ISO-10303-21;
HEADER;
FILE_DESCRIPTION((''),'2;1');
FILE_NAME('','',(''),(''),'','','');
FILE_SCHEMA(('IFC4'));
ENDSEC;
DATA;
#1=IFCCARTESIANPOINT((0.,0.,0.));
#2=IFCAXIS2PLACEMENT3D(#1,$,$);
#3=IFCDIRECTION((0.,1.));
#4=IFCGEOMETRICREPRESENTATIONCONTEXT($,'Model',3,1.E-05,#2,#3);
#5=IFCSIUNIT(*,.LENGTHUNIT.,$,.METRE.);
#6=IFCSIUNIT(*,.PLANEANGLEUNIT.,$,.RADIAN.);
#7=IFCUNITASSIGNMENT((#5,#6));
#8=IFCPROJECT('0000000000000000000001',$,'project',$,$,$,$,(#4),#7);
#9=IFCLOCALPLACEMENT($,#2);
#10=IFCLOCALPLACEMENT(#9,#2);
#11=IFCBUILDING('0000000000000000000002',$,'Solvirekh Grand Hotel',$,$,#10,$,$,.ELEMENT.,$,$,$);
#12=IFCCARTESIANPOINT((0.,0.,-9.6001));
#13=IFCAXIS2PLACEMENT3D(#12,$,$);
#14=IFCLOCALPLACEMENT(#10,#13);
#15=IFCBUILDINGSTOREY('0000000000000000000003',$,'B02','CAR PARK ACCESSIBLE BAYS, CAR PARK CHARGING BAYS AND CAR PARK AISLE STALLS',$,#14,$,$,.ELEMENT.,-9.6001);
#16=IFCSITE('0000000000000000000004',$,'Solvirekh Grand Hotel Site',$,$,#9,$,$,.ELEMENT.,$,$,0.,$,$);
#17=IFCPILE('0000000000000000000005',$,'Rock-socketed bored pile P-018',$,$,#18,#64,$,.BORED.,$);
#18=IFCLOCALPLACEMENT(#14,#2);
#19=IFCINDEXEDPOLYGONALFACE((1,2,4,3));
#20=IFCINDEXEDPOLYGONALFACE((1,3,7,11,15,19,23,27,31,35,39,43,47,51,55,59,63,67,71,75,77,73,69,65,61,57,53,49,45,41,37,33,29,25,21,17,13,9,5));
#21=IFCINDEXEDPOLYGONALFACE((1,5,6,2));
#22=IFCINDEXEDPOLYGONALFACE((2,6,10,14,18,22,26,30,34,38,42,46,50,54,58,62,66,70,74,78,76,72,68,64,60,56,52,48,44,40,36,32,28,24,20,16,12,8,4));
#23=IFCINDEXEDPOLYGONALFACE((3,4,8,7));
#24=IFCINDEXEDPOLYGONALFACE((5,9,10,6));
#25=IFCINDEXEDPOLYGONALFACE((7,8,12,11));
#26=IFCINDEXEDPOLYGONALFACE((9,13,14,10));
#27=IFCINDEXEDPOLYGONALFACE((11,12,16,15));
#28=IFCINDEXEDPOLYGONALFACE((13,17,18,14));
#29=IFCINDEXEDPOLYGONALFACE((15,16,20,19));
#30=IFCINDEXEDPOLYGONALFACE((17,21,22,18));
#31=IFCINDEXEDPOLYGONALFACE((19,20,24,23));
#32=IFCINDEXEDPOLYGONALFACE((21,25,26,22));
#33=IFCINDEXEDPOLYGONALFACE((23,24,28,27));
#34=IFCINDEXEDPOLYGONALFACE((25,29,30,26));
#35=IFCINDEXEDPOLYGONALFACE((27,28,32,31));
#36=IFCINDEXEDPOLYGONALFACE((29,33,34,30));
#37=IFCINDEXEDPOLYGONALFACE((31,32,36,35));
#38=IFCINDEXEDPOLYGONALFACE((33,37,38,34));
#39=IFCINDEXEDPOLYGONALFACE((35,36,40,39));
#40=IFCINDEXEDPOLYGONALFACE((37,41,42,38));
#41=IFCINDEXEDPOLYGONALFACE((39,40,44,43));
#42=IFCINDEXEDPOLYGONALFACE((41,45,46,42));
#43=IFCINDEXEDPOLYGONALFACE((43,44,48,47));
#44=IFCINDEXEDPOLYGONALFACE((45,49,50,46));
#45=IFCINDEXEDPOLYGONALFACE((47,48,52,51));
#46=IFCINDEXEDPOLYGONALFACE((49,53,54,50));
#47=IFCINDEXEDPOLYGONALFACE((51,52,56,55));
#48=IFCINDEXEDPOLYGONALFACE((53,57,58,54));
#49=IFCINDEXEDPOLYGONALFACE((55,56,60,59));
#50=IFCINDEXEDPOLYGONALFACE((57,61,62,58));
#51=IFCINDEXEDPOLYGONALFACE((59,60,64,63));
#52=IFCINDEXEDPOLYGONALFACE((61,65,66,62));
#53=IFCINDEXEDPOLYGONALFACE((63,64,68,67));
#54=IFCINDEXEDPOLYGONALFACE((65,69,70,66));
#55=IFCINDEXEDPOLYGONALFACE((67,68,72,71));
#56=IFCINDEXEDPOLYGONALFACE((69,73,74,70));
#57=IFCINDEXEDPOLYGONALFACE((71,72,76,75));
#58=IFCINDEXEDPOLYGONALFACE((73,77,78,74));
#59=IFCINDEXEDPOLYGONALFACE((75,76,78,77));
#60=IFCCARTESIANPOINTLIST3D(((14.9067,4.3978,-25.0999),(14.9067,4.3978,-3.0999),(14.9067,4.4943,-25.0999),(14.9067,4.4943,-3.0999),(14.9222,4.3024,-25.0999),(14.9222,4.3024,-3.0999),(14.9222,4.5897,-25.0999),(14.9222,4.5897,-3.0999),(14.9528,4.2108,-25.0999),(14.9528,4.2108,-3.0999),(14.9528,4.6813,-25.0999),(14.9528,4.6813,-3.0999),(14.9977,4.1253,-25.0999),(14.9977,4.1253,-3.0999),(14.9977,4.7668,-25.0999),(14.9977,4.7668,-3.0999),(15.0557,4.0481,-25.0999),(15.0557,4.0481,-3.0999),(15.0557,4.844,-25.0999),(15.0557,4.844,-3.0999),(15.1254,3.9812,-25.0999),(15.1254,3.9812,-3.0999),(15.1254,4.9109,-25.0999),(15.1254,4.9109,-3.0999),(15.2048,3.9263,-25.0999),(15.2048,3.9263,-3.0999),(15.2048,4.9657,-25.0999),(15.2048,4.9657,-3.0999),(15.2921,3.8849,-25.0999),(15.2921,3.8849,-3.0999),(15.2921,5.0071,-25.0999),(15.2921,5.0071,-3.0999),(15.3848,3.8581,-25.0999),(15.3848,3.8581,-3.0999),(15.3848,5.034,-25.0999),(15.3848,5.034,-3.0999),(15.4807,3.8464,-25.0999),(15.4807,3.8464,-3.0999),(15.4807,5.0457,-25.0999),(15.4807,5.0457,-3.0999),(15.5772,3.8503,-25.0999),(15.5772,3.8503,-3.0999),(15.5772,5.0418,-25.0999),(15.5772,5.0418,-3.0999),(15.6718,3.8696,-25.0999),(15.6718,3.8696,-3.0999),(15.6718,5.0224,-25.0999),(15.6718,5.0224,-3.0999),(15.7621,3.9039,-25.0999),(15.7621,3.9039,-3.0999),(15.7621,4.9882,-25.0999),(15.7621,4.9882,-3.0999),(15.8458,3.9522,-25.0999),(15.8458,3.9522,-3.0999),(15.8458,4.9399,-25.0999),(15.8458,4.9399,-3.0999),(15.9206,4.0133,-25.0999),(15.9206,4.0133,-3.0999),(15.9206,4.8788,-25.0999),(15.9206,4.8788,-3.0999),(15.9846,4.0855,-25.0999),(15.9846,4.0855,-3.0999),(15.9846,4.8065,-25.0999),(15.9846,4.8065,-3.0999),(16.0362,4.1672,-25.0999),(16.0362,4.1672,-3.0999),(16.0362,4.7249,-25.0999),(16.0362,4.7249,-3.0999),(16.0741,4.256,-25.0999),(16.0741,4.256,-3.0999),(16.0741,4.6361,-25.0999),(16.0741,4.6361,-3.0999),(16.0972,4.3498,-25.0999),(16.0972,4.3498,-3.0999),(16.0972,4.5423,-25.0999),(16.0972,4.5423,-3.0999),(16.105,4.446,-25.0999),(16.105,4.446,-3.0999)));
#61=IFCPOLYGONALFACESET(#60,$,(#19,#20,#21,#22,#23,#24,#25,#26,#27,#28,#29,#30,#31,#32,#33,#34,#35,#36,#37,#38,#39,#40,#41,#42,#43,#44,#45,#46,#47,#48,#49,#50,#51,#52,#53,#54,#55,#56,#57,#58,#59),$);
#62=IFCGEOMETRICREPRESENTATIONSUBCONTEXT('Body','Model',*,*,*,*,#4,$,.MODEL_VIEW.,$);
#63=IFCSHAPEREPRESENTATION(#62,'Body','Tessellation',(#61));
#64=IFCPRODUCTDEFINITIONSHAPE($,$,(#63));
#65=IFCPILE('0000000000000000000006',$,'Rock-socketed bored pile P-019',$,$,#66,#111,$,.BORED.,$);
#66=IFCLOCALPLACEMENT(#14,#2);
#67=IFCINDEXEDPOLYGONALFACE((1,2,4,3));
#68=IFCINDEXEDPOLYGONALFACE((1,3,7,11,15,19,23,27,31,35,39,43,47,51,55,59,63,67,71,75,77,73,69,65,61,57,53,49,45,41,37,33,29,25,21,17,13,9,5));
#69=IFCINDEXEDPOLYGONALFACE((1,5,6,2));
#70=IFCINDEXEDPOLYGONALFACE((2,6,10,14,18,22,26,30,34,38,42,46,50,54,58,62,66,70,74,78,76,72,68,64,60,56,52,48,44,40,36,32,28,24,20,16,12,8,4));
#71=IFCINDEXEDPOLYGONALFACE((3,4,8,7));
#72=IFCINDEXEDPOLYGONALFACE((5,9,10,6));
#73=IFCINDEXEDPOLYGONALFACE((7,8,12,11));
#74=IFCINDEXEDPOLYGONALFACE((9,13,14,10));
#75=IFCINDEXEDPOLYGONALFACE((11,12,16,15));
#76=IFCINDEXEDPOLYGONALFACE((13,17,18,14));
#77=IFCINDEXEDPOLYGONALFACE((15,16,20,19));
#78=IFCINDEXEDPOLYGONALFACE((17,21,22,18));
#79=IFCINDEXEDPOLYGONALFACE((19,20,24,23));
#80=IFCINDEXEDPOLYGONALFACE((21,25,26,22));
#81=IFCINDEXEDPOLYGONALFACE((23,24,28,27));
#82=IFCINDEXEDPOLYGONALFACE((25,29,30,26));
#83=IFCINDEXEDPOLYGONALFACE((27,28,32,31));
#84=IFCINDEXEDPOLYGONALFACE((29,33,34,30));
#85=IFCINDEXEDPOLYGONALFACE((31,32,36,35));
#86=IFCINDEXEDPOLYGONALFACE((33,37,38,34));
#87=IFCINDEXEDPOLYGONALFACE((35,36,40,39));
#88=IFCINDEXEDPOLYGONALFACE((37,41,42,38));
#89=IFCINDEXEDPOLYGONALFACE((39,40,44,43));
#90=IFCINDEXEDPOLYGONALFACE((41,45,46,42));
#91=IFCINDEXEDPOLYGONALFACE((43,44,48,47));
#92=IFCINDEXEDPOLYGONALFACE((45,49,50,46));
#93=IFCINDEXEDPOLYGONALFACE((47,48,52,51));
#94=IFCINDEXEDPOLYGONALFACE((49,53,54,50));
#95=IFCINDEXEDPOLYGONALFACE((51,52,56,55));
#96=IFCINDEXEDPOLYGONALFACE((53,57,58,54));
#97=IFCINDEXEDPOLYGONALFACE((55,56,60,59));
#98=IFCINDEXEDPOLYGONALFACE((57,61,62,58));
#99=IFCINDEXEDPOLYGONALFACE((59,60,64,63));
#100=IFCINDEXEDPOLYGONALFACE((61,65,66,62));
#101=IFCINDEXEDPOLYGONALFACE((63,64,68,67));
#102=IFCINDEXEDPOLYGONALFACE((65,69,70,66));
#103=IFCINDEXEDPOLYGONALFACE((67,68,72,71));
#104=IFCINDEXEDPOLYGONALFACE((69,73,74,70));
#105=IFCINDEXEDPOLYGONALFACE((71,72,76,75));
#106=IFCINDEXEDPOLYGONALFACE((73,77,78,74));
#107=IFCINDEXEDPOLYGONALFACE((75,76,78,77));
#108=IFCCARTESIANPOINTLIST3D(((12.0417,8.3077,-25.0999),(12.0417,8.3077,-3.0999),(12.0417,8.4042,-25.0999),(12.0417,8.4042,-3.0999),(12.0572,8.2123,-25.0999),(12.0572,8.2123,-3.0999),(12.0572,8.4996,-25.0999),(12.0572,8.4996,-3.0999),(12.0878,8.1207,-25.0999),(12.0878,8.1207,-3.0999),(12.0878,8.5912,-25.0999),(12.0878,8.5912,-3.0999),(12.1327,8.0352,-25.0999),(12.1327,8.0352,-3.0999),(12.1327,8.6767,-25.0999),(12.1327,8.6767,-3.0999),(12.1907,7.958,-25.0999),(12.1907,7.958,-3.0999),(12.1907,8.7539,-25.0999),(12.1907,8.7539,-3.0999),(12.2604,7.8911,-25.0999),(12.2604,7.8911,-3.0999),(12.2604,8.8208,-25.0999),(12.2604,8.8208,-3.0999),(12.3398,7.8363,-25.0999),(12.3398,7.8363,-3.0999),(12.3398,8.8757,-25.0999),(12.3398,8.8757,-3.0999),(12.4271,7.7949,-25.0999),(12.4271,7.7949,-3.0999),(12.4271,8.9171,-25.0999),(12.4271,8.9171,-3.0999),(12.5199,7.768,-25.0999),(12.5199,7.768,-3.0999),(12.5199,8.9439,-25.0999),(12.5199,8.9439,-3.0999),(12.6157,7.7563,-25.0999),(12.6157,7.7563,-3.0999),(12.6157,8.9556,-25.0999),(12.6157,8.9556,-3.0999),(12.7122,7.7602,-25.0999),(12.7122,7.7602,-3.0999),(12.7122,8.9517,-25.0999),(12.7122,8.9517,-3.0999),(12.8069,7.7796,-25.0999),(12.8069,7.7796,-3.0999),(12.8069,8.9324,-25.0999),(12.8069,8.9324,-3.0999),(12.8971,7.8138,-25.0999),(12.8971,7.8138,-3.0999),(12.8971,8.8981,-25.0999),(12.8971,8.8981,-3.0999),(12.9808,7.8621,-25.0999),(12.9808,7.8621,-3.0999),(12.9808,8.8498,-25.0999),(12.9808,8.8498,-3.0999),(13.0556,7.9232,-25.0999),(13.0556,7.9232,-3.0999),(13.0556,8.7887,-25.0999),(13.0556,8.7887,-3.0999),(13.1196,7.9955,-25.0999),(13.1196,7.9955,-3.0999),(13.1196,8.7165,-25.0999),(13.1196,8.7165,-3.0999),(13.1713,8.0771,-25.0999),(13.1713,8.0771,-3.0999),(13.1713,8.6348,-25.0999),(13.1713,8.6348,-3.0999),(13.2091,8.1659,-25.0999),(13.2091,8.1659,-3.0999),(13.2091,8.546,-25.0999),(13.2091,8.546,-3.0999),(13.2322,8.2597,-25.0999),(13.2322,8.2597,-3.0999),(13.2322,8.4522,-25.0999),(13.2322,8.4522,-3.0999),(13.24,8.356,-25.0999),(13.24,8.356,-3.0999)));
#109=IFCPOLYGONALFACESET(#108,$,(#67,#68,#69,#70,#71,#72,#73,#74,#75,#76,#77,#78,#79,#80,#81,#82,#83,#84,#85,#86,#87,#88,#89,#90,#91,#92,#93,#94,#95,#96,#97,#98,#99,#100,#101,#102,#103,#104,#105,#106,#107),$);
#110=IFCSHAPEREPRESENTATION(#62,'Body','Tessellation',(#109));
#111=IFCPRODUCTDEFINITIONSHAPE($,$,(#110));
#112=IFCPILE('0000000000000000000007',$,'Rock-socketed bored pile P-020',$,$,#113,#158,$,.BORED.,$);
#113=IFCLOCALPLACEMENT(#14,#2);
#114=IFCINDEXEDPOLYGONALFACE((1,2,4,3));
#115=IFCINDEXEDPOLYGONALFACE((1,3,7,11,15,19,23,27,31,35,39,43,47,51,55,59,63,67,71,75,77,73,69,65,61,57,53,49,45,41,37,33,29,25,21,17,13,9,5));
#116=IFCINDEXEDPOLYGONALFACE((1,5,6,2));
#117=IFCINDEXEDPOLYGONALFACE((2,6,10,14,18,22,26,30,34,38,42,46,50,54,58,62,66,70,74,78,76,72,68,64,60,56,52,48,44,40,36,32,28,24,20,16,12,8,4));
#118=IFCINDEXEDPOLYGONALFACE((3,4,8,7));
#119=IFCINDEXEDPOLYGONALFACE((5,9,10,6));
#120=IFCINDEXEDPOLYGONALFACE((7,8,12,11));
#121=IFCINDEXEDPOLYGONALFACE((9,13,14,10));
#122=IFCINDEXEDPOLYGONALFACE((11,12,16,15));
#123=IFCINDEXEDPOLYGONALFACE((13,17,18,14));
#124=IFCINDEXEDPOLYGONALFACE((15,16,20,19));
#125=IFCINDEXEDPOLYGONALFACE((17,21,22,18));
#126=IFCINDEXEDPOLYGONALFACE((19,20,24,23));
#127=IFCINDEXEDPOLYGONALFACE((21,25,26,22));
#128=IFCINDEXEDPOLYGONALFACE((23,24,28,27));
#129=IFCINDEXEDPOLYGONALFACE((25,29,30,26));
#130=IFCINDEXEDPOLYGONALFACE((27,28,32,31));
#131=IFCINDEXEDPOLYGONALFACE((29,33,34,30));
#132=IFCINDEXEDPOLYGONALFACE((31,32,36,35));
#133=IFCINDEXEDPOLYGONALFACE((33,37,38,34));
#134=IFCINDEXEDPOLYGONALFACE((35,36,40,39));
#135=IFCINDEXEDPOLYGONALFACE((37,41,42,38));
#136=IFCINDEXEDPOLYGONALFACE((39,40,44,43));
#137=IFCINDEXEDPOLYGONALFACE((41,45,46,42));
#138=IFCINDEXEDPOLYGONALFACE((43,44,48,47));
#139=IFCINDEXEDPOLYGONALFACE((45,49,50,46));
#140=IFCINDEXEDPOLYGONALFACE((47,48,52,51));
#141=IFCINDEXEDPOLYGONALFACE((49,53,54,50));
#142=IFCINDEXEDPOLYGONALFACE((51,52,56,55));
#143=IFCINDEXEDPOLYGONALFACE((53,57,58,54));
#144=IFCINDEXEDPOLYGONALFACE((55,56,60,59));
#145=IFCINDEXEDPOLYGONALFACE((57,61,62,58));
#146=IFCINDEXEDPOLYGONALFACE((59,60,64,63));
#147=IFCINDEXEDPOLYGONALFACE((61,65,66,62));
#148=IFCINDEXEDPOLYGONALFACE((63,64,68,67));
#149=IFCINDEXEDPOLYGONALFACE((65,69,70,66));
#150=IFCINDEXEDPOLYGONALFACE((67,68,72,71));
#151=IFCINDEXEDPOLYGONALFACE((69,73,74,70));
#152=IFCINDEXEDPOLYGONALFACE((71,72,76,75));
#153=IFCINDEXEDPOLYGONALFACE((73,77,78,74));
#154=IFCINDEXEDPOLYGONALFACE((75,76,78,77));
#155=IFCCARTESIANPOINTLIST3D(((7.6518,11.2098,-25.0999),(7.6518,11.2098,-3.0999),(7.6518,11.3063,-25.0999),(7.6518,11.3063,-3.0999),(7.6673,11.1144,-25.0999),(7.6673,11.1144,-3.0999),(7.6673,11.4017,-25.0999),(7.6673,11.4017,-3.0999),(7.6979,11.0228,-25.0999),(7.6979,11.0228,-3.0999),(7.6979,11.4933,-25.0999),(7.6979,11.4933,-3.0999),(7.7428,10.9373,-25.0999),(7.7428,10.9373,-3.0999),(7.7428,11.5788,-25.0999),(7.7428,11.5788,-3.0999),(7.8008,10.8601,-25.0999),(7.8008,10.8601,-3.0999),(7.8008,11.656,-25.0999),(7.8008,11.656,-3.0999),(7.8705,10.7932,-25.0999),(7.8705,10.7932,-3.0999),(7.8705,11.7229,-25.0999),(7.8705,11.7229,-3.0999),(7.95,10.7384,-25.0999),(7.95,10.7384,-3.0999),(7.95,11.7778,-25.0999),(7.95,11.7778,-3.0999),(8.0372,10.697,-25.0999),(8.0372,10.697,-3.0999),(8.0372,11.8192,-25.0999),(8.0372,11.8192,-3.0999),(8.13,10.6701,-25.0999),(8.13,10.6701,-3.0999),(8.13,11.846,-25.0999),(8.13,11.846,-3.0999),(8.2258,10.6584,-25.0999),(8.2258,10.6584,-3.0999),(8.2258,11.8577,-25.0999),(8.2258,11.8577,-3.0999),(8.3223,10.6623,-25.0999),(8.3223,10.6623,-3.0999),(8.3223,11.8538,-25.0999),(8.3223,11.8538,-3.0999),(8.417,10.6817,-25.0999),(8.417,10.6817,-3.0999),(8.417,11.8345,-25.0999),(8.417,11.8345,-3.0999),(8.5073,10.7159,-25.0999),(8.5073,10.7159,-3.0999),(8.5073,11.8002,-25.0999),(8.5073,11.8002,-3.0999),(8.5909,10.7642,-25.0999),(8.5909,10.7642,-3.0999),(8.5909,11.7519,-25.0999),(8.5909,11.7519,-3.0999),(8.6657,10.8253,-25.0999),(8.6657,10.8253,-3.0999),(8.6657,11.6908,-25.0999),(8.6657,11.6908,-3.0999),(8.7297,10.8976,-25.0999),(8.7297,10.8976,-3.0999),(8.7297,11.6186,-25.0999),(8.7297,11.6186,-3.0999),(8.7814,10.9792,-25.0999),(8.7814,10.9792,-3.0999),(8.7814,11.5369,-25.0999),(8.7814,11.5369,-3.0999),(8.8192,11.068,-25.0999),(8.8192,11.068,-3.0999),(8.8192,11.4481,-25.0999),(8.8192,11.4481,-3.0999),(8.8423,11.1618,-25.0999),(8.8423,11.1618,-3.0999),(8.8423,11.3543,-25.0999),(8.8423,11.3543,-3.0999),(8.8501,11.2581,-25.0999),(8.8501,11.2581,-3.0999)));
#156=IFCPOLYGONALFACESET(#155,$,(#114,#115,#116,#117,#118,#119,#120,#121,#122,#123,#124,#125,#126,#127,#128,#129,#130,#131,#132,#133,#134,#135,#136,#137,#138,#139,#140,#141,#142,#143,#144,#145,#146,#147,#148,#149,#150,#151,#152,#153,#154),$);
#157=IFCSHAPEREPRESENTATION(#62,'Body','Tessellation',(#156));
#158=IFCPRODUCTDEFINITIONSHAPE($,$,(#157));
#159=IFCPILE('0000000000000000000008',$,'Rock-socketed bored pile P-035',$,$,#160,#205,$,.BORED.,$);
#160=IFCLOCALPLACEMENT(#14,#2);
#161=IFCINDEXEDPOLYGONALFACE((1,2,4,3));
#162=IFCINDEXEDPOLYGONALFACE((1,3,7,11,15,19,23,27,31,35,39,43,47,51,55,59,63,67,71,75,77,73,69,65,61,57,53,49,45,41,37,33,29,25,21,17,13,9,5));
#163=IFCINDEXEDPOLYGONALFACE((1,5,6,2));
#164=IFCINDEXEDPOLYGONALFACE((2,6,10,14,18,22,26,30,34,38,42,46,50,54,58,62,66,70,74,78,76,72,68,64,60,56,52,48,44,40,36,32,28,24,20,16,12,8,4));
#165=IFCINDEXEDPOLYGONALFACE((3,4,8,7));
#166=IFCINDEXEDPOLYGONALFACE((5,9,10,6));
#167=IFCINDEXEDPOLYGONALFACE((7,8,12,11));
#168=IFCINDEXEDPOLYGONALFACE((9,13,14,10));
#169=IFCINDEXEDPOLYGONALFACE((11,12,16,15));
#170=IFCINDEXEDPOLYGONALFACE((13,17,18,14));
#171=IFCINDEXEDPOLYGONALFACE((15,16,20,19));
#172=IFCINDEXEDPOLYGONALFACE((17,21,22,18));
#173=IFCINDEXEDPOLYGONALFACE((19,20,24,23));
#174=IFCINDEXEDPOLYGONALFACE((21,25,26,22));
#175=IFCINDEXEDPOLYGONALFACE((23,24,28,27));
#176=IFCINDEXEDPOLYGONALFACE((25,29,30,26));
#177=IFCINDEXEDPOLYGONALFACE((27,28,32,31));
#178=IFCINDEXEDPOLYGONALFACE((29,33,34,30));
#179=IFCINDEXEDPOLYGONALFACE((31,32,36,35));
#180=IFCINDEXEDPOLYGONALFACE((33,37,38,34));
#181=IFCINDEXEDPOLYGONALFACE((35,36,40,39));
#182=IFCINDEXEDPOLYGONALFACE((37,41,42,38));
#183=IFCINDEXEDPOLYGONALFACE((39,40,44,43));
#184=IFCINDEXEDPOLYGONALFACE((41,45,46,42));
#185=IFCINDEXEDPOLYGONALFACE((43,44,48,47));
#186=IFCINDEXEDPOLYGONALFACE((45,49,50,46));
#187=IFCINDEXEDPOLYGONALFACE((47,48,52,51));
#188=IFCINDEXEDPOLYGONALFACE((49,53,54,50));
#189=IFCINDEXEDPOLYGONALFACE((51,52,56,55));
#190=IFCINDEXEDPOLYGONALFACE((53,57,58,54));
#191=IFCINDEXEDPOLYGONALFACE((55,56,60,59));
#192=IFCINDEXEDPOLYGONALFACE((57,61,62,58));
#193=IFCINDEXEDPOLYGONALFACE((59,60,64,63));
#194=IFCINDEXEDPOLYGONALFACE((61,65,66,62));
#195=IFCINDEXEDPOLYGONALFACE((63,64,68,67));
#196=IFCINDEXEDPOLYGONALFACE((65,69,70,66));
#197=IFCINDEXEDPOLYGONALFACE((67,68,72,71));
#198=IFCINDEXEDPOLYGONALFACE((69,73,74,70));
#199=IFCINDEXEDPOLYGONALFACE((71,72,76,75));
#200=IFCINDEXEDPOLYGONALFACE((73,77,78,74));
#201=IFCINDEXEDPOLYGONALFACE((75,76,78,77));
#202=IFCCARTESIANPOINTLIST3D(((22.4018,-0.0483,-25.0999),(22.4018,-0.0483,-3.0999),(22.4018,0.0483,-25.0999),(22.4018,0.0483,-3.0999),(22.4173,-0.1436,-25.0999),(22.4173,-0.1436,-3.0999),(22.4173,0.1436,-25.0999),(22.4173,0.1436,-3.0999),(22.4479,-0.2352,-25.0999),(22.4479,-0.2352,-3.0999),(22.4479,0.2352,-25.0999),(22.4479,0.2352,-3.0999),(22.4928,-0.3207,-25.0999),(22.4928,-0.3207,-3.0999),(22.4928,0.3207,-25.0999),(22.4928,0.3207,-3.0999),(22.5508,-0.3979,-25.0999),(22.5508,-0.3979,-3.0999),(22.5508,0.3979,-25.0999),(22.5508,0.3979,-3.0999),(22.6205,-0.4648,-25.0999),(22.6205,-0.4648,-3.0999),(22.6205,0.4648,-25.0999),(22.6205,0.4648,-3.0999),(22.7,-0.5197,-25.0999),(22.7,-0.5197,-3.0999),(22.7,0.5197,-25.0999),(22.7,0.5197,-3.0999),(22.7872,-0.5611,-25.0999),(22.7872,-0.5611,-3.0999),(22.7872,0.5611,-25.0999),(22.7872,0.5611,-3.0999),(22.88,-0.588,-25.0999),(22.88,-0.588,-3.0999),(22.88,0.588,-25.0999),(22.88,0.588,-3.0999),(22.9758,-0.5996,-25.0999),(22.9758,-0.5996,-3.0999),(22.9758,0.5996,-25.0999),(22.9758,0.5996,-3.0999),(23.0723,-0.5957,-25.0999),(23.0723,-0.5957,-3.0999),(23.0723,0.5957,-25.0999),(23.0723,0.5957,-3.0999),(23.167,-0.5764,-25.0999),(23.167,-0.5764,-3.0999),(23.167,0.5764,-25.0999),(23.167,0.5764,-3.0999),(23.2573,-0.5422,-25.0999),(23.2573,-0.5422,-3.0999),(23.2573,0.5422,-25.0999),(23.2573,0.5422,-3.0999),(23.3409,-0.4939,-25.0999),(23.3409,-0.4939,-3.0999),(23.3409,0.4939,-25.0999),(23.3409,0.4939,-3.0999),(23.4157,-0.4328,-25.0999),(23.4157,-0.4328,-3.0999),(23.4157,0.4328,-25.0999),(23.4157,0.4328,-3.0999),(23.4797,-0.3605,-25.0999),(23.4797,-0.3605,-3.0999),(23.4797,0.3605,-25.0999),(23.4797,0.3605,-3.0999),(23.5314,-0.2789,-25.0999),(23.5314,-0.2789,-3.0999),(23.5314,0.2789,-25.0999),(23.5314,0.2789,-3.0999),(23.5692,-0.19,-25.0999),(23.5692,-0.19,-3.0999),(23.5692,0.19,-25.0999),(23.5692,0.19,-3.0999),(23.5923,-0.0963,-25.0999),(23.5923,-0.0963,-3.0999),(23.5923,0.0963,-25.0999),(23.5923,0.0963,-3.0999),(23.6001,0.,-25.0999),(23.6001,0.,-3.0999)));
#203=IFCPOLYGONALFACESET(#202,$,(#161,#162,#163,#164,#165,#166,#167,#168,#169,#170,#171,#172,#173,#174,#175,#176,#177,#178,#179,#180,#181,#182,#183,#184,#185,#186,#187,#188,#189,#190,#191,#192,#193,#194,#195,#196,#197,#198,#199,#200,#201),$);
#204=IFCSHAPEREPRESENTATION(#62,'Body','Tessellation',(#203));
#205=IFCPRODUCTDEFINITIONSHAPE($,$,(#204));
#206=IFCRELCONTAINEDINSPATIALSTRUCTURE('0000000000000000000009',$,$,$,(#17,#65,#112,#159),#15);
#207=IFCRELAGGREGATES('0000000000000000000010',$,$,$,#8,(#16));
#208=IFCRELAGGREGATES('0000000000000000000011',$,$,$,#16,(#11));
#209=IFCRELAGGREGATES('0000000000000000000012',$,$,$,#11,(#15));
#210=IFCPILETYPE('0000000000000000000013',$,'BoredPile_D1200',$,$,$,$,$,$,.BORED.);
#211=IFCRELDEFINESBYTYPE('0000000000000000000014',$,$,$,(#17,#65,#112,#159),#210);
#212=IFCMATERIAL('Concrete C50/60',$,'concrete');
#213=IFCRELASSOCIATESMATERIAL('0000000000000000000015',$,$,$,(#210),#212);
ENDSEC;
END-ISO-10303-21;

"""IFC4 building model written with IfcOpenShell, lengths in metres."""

from ifc_helpers import new_model, si_unit, direction, frame, origin, origin_2d, place, context, subcontext, project, spatial, circle, extrude, material, material_profile, profile_set, type_object, element, save


model = new_model("IFC4")

# Units and contexts
model_context = context("Model", 3, precision=1e-05, world=origin(), true_north=direction((0.0, 1.0)))
body_context = subcontext(model_context, "Body", "Model", "MODEL_VIEW")
ifc_project = project(units=[si_unit("LENGTHUNIT", "METRE"), si_unit("PLANEANGLEUNIT", "RADIAN")], contexts=[model_context])

# Site, building, storey
site_placement = place(None, origin())
site = spatial("IfcSite", under=ifc_project, at=site_placement, Name="Solvirekh Grand Hotel Site", CompositionType="ELEMENT", RefElevation=0.0)
building_placement = place(site_placement, origin())
building = spatial("IfcBuilding", under=site, at=building_placement, Name="Solvirekh Grand Hotel", CompositionType="ELEMENT")
storey_placement = place(building_placement, frame((0.0, 0.0, -9.6001)))
storey = spatial("IfcBuildingStorey", under=building, at=storey_placement, Name="B02", Description="CAR PARK ACCESSIBLE BAYS, CAR PARK CHARGING BAYS AND CAR PARK AISLE STALLS", CompositionType="ELEMENT", Elevation=-9.6001)

# Piles
ifc_material_1 = material(Name="Concrete C50/60", Category="concrete")
ifc_material_profile_1 = material_profile(ifc_material_1, circle(Radius=0.6001, at=origin_2d()), Name="BORED PILE D1200")
ifc_profile_set_1 = profile_set([ifc_material_profile_1], Name="Concrete C50/60")
pile_type_1 = type_object("IfcPileType", Name="BoredPile_D1200", PredefinedType="BORED", material=ifc_profile_set_1)
for number, where, z_axis, x_axis, name in (
    (1, (15.5049, 4.446, -3.0999), (0.0, 0.0, -1.0), (1.0, 0.0, 0.0), "Rock-socketed bored pile P-018"),
    (2, (12.6399, 8.356, -3.0999), (0.0, 0.0, -1.0), (1.0, 0.0, 0.0), "Rock-socketed bored pile P-019"),
    (3, (8.25, 11.2581, -3.0999), (0.0, 0.0, -1.0), (1.0, 0.0, 0.0), "Rock-socketed bored pile P-020"),
    (4, (23.0, 0.0, -3.0999), (0.0, 0.0, -1.0), (1.0, 0.0, 0.0), "Rock-socketed bored pile P-035"),
):
    element("IfcPile", number, at=place(storey_placement, frame(where, z_axis=z_axis, x_axis=x_axis)), inside=storey, type_object=pile_type_1, Name=name, PredefinedType="BORED", context=body_context, shape_type="SweptSolid", body=[
        extrude(circle(Radius=0.6001, at=origin_2d()), origin(), (0.0, 0.0, 1.0), 22.0),
    ])

save(model, "model.ifc")
